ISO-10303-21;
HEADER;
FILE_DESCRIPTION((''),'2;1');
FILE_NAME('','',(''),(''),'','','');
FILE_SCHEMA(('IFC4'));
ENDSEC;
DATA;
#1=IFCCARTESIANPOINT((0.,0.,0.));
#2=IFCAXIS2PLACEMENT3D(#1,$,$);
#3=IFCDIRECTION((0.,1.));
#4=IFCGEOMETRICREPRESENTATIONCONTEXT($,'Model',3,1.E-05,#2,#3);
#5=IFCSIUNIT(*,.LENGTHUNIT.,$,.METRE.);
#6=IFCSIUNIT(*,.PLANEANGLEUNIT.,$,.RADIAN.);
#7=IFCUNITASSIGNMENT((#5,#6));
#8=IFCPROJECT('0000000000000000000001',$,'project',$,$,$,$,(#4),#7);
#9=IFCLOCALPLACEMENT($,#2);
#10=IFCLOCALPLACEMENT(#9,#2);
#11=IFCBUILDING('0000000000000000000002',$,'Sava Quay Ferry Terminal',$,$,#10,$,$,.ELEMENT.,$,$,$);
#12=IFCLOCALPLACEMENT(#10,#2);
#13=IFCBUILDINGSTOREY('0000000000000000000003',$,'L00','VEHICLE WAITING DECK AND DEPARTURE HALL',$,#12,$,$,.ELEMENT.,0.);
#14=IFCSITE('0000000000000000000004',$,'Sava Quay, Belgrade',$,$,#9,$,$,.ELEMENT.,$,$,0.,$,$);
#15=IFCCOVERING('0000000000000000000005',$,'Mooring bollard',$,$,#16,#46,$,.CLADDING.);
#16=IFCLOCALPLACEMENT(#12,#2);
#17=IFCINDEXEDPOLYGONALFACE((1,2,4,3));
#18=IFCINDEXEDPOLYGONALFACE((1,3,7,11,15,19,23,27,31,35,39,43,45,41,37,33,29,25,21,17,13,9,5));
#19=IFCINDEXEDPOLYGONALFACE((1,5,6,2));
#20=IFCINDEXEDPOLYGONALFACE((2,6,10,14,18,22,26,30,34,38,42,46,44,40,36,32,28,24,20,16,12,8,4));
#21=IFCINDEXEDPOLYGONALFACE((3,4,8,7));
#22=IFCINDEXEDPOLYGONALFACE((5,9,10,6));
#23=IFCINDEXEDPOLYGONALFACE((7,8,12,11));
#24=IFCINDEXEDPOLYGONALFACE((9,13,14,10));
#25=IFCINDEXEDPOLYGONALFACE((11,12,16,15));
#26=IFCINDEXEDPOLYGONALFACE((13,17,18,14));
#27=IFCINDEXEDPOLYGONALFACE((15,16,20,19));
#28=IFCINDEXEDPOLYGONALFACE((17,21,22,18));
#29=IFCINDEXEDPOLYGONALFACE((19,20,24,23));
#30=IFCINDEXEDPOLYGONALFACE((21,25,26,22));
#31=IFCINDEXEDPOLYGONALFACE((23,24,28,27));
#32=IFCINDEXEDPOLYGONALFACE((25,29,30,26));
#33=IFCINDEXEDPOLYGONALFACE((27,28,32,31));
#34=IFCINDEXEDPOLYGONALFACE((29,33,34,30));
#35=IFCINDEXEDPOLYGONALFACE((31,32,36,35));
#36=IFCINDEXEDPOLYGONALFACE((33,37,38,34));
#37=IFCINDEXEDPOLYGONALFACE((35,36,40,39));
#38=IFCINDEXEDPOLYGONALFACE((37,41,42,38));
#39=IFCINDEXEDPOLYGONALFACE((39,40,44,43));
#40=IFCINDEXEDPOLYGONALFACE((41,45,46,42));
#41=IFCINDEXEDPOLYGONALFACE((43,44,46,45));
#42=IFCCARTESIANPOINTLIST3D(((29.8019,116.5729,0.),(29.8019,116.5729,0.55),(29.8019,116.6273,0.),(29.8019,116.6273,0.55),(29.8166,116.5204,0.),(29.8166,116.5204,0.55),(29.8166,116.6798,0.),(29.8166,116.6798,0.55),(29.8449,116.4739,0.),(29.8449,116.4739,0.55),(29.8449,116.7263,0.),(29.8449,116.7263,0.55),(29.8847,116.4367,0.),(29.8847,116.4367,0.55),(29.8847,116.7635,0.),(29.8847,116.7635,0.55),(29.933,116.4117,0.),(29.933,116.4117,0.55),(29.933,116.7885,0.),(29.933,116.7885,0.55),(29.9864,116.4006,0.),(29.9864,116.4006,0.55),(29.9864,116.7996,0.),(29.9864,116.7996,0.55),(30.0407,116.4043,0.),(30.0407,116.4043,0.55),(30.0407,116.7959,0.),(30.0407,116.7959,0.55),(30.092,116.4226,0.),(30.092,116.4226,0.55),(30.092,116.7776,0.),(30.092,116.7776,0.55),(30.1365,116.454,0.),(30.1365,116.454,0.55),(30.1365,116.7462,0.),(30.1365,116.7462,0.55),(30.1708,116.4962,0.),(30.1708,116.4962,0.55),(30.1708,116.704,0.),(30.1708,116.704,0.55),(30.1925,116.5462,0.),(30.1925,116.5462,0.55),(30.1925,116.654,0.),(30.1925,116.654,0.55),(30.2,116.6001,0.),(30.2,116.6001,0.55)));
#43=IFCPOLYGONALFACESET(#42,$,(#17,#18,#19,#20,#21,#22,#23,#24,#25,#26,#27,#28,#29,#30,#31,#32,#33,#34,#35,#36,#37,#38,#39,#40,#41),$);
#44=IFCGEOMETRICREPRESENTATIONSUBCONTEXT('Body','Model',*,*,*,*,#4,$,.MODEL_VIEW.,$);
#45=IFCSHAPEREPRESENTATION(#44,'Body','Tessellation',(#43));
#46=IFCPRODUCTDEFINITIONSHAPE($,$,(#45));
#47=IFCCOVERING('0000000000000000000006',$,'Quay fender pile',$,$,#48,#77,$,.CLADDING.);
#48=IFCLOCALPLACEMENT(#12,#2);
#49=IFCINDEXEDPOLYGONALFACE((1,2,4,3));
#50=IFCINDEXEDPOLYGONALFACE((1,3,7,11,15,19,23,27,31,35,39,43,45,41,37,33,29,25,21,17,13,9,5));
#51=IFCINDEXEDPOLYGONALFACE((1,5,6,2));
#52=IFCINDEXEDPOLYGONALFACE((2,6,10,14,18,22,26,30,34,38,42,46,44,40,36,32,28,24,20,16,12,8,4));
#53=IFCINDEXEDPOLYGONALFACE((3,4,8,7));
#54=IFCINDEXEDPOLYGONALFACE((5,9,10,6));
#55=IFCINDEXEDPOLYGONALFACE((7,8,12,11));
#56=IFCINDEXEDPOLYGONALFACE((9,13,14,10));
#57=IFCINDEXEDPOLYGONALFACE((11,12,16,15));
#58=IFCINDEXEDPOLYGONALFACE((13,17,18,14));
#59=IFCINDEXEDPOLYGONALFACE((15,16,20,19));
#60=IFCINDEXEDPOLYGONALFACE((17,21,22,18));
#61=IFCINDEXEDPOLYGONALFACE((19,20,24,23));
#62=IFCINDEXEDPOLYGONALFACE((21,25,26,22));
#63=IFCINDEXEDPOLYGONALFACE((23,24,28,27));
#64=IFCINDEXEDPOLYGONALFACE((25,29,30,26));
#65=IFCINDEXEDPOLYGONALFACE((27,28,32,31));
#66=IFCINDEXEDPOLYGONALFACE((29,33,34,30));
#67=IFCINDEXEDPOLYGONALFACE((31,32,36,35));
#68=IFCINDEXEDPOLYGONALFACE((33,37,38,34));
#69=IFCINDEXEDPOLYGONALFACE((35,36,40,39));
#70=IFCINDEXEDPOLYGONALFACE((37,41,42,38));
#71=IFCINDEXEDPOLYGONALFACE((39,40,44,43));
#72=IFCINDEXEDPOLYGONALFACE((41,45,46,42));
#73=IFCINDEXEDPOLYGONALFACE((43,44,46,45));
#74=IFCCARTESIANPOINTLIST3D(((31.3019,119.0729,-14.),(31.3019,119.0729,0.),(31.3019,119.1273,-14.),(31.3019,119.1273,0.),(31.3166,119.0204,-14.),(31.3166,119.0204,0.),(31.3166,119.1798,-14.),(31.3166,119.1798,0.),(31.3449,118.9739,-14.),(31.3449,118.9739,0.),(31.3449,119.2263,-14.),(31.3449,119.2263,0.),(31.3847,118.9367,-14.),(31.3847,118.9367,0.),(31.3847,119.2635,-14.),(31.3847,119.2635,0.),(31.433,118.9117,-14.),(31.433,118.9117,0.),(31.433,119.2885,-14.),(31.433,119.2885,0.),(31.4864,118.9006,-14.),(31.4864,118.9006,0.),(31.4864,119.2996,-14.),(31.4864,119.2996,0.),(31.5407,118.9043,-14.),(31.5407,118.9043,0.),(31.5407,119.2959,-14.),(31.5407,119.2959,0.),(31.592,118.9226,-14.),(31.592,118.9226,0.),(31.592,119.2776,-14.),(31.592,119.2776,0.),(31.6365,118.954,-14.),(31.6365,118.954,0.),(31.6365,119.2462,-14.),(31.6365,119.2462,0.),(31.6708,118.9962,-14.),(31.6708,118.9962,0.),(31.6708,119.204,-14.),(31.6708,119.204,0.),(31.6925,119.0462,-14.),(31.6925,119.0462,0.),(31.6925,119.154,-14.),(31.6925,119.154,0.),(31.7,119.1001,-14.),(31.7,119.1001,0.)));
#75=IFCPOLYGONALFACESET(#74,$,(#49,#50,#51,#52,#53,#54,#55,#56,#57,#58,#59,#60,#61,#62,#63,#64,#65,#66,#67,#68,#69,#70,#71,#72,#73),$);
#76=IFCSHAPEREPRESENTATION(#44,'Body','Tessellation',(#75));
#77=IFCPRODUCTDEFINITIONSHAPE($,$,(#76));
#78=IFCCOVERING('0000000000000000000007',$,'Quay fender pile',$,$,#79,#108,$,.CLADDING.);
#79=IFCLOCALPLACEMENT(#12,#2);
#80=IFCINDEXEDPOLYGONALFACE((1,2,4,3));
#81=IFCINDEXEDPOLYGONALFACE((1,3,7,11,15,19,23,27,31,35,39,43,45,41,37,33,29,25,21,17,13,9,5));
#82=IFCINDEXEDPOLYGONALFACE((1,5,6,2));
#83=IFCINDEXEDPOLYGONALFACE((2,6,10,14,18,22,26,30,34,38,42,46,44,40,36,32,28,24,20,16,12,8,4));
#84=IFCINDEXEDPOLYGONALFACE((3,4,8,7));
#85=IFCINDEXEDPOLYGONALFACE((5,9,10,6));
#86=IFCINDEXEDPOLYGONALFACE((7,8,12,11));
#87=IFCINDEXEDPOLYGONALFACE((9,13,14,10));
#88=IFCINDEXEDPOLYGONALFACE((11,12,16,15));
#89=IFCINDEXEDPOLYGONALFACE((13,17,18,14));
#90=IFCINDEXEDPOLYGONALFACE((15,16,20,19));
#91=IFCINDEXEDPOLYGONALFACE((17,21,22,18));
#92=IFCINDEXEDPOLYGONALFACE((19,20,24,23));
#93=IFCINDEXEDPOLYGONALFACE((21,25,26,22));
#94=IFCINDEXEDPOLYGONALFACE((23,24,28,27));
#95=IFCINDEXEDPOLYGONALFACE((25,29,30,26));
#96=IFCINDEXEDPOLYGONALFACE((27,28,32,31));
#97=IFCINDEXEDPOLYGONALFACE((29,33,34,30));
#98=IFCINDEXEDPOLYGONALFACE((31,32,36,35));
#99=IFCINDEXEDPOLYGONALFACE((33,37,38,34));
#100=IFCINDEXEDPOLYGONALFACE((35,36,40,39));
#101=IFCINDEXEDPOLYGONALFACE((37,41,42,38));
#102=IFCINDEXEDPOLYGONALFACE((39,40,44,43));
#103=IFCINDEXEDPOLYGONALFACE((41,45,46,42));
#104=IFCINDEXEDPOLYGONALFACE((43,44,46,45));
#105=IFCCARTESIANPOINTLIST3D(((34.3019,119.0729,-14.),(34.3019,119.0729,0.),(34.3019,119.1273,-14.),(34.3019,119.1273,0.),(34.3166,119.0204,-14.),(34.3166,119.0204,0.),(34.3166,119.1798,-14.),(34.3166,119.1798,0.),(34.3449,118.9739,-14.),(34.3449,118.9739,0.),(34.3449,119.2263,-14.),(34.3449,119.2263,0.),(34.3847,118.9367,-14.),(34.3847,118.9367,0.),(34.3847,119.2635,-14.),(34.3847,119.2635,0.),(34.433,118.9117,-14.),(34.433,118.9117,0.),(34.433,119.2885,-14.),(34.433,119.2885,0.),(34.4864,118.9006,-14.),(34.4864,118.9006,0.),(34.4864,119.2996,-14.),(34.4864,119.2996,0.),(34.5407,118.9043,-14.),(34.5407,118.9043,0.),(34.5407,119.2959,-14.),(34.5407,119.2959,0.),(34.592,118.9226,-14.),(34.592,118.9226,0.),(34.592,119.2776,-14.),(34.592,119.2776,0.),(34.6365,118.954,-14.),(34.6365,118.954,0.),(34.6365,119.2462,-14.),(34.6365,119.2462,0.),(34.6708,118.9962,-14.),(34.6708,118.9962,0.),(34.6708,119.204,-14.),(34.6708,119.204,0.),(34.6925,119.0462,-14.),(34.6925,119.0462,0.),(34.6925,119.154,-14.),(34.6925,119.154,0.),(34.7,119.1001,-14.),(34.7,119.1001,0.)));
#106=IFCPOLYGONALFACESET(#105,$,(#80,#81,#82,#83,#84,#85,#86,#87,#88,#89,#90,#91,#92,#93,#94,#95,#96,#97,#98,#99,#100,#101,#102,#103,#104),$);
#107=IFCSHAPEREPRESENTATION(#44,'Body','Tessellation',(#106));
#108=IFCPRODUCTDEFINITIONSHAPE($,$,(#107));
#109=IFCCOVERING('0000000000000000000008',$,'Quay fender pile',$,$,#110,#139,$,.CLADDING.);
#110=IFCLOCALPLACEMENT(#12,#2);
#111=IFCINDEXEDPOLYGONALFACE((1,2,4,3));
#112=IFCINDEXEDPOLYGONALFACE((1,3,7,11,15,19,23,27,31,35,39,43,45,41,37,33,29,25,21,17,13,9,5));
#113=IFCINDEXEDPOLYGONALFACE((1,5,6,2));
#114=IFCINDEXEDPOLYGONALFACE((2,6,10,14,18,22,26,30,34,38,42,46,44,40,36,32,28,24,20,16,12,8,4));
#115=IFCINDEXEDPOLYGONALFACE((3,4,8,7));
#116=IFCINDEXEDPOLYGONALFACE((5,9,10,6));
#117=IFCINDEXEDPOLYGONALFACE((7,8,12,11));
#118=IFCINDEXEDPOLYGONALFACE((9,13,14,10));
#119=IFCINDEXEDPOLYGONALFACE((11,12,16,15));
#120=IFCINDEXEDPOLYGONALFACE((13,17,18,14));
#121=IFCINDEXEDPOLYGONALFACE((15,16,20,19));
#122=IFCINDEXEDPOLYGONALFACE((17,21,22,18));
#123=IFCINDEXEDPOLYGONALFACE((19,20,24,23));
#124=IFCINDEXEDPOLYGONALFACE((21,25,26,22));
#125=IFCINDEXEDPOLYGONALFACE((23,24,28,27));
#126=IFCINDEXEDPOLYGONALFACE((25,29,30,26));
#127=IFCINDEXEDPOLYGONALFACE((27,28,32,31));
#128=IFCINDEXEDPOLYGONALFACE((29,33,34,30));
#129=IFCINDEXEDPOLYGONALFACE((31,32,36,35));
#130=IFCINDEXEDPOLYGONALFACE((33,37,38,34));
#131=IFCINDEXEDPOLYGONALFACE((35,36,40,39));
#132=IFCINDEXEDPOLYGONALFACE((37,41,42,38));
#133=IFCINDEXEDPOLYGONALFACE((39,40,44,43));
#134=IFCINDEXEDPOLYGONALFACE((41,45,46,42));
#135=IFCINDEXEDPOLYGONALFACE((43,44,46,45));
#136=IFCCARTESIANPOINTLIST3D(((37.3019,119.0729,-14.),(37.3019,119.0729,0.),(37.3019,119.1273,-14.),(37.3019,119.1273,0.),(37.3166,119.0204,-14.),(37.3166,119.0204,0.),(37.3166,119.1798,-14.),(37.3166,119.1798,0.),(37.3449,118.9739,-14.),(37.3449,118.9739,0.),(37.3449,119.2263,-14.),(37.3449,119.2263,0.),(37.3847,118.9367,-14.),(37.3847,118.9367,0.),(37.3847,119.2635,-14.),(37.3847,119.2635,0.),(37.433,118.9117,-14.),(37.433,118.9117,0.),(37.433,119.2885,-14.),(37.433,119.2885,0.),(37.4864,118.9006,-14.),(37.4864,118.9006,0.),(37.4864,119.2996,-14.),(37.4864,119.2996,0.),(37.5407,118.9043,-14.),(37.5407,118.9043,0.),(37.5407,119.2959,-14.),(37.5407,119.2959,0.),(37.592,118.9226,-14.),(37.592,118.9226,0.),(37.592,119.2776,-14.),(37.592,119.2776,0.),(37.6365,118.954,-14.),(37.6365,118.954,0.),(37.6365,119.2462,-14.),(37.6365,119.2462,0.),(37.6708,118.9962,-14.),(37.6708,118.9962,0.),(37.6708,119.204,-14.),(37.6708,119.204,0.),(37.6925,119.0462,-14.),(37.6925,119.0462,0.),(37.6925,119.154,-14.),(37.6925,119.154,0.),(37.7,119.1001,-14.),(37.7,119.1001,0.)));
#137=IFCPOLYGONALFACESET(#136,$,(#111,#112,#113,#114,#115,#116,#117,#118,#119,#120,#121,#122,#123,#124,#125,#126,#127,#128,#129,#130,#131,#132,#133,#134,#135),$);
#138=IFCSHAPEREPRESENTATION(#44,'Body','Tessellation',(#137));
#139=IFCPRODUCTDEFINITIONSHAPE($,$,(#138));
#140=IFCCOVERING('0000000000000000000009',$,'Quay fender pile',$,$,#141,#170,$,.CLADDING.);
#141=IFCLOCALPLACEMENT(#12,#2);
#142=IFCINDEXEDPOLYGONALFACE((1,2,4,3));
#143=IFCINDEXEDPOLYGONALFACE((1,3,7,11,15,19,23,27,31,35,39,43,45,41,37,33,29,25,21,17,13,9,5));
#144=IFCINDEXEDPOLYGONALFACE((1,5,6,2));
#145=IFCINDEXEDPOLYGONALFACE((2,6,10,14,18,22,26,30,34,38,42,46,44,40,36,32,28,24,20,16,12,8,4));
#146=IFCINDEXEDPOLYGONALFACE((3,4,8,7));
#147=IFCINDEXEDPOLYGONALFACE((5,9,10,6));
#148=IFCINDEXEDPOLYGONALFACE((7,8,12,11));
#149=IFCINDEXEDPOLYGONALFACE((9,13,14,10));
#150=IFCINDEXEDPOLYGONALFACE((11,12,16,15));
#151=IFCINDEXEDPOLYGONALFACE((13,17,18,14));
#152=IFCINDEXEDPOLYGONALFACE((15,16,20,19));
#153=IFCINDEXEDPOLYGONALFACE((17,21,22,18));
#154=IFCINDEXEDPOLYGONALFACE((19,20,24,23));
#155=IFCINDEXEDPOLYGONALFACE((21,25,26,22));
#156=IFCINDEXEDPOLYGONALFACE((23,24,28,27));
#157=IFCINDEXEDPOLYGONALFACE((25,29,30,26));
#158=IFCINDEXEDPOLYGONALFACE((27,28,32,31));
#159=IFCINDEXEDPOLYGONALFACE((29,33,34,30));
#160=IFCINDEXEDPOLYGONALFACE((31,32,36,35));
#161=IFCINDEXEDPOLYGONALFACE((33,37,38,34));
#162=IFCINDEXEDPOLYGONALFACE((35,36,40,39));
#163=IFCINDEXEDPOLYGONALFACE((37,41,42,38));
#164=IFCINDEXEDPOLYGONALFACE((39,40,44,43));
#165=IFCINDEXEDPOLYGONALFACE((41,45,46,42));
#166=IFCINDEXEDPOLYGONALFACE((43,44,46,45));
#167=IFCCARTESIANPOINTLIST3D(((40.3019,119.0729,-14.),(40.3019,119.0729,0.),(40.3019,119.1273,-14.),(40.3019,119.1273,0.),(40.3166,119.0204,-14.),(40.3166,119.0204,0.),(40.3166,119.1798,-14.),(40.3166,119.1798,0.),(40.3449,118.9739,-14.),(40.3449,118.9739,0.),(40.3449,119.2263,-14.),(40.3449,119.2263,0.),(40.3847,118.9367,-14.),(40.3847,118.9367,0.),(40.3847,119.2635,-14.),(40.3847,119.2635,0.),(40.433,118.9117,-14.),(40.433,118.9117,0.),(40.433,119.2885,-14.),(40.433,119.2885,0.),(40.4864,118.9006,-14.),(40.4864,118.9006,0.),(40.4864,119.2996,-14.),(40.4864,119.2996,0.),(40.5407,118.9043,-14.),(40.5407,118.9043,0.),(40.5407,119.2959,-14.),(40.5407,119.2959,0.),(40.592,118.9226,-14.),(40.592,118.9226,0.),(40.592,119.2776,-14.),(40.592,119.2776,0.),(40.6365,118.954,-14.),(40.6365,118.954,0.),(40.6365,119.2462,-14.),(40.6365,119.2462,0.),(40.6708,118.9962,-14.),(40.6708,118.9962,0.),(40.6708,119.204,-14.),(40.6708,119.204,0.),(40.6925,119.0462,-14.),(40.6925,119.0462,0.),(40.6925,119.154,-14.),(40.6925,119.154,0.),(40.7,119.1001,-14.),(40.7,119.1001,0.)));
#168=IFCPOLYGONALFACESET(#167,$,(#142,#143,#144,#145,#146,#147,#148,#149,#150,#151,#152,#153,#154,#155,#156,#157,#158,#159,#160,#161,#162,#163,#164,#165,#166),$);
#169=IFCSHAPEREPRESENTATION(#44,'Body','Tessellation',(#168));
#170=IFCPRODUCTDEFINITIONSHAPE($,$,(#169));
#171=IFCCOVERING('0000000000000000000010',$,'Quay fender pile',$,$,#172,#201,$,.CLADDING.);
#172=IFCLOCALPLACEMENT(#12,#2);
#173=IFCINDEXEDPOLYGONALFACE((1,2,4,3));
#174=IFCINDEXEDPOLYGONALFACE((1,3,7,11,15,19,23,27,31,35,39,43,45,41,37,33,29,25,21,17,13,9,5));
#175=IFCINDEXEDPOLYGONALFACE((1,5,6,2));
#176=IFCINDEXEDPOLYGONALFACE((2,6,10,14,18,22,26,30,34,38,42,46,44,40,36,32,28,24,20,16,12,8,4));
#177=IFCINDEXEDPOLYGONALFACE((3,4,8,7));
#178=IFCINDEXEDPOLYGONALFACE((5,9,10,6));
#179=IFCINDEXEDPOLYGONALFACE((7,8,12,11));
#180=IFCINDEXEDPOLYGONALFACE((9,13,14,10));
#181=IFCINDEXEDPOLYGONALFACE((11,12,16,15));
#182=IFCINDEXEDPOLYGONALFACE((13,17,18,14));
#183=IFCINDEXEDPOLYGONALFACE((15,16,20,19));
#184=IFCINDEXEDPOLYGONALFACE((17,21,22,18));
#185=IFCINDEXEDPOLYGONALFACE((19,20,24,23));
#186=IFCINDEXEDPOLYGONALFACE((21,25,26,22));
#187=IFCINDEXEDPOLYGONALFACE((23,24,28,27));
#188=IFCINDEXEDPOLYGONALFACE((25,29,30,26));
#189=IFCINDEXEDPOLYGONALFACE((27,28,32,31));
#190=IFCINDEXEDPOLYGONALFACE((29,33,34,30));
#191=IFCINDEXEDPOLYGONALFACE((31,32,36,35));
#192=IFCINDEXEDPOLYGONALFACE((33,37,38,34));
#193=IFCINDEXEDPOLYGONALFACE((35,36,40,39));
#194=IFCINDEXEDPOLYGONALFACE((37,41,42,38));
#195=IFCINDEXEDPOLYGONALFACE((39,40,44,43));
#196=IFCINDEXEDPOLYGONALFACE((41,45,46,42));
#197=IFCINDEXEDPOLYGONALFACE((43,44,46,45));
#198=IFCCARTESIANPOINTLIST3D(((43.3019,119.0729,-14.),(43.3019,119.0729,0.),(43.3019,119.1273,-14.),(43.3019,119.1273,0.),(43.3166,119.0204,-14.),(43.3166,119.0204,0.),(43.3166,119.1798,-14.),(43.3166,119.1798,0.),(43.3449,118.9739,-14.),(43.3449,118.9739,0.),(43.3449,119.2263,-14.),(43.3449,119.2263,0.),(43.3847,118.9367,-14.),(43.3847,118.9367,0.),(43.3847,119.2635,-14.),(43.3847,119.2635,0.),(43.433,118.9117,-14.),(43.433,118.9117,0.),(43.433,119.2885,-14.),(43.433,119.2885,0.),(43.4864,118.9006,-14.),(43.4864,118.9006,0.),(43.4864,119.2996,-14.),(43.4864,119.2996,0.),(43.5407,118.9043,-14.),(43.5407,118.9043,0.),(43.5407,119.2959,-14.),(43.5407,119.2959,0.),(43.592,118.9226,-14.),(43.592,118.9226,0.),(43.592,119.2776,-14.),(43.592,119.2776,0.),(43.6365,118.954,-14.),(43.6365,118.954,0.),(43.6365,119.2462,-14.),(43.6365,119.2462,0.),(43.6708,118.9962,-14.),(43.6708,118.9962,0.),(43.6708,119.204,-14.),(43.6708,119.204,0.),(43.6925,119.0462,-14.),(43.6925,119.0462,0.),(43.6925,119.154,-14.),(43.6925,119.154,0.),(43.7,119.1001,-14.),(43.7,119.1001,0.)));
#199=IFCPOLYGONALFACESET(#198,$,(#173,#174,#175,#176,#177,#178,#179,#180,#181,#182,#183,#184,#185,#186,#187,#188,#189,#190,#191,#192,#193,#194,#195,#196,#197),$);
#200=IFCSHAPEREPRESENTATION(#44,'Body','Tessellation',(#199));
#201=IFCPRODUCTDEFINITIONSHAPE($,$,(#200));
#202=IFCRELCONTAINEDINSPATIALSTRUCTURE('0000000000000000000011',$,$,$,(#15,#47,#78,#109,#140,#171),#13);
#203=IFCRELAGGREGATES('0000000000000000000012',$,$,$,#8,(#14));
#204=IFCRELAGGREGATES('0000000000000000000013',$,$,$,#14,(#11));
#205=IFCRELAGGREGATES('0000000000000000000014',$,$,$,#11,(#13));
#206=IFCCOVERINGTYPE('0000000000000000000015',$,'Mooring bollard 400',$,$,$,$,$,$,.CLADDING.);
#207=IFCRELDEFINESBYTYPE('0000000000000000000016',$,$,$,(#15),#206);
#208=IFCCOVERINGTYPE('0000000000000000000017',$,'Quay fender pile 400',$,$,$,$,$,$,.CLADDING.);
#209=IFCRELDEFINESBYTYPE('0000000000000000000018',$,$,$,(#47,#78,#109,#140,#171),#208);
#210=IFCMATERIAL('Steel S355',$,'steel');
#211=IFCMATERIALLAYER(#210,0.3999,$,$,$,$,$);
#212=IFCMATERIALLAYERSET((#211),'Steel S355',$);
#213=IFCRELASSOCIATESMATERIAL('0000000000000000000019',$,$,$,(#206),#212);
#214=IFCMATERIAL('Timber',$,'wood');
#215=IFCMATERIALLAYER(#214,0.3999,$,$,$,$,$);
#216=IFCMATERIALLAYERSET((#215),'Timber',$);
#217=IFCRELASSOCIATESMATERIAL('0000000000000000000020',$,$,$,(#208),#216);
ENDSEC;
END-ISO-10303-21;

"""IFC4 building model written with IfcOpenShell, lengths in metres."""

from ifc_helpers import new_model, si_unit, direction, frame, origin, origin_2d, place, context, subcontext, project, spatial, circle, extrude, material, layer, layer_set, type_object, element, save


model = new_model("IFC4")

# Units and contexts
model_context = context("Model", 3, precision=1e-05, world=origin(), true_north=direction((0.0, 1.0)))
body_context = subcontext(model_context, "Body", "Model", "MODEL_VIEW")
ifc_project = project(units=[si_unit("LENGTHUNIT", "METRE"), si_unit("PLANEANGLEUNIT", "RADIAN")], contexts=[model_context])

# Site, building, storey
site_placement = place(None, origin())
site = spatial("IfcSite", under=ifc_project, at=site_placement, Name="Sava Quay, Belgrade", CompositionType="ELEMENT", RefElevation=0.0)
building_placement = place(site_placement, origin())
building = spatial("IfcBuilding", under=site, at=building_placement, Name="Sava Quay Ferry Terminal", CompositionType="ELEMENT")
storey_placement = place(building_placement, origin())
storey = spatial("IfcBuildingStorey", under=building, at=storey_placement, Name="L00", Description="VEHICLE WAITING DECK AND DEPARTURE HALL", CompositionType="ELEMENT", Elevation=0.0)

# Coverings
ifc_material_1 = material(Name="Steel S355", Category="steel")
ifc_layer_1 = layer(ifc_material_1, 0.3999)
ifc_layer_set_1 = layer_set([ifc_layer_1], Name="Steel S355")
covering_type_1 = type_object("IfcCoveringType", Name="Mooring bollard 400", PredefinedType="CLADDING", material=ifc_layer_set_1)
covering_placement = place(storey_placement, frame((30.0, 116.6001, 0.55), z_axis=(0.0, 0.0, -1.0), x_axis=(1.0, 0.0, 0.0)))
element("IfcCovering", 1, at=covering_placement, inside=storey, type_object=covering_type_1, Name="Mooring bollard", PredefinedType="CLADDING", context=body_context, shape_type="SweptSolid", body=[
    extrude(circle(Radius=0.2, at=origin_2d()), origin(), (0.0, 0.0, 1.0), 0.55),
])
ifc_material_2 = material(Name="Timber", Category="wood")
ifc_layer_2 = layer(ifc_material_2, 0.3999)
ifc_layer_set_2 = layer_set([ifc_layer_2], Name="Timber")
covering_type_2 = type_object("IfcCoveringType", Name="Quay fender pile 400", PredefinedType="CLADDING", material=ifc_layer_set_2)
for number, where, z_axis, x_axis, name in (
    (2, (31.5, 119.1001, 0.0), (0.0, 0.0, -1.0), (1.0, 0.0, 0.0), "Quay fender pile"),
    (3, (34.5, 119.1001, 0.0), (0.0, 0.0, -1.0), (1.0, 0.0, 0.0), "Quay fender pile"),
    (4, (37.5, 119.1001, 0.0), (0.0, 0.0, -1.0), (1.0, 0.0, 0.0), "Quay fender pile"),
    (5, (40.5, 119.1001, 0.0), (0.0, 0.0, -1.0), (1.0, 0.0, 0.0), "Quay fender pile"),
    (6, (43.5, 119.1001, 0.0), (0.0, 0.0, -1.0), (1.0, 0.0, 0.0), "Quay fender pile"),
):
    element("IfcCovering", number, at=place(storey_placement, frame(where, z_axis=z_axis, x_axis=x_axis)), inside=storey, type_object=covering_type_2, Name=name, PredefinedType="CLADDING", context=body_context, shape_type="SweptSolid", body=[
        extrude(circle(Radius=0.2, at=origin_2d()), origin(), (0.0, 0.0, 1.0), 14.0),
    ])

save(model, "model.ifc")
